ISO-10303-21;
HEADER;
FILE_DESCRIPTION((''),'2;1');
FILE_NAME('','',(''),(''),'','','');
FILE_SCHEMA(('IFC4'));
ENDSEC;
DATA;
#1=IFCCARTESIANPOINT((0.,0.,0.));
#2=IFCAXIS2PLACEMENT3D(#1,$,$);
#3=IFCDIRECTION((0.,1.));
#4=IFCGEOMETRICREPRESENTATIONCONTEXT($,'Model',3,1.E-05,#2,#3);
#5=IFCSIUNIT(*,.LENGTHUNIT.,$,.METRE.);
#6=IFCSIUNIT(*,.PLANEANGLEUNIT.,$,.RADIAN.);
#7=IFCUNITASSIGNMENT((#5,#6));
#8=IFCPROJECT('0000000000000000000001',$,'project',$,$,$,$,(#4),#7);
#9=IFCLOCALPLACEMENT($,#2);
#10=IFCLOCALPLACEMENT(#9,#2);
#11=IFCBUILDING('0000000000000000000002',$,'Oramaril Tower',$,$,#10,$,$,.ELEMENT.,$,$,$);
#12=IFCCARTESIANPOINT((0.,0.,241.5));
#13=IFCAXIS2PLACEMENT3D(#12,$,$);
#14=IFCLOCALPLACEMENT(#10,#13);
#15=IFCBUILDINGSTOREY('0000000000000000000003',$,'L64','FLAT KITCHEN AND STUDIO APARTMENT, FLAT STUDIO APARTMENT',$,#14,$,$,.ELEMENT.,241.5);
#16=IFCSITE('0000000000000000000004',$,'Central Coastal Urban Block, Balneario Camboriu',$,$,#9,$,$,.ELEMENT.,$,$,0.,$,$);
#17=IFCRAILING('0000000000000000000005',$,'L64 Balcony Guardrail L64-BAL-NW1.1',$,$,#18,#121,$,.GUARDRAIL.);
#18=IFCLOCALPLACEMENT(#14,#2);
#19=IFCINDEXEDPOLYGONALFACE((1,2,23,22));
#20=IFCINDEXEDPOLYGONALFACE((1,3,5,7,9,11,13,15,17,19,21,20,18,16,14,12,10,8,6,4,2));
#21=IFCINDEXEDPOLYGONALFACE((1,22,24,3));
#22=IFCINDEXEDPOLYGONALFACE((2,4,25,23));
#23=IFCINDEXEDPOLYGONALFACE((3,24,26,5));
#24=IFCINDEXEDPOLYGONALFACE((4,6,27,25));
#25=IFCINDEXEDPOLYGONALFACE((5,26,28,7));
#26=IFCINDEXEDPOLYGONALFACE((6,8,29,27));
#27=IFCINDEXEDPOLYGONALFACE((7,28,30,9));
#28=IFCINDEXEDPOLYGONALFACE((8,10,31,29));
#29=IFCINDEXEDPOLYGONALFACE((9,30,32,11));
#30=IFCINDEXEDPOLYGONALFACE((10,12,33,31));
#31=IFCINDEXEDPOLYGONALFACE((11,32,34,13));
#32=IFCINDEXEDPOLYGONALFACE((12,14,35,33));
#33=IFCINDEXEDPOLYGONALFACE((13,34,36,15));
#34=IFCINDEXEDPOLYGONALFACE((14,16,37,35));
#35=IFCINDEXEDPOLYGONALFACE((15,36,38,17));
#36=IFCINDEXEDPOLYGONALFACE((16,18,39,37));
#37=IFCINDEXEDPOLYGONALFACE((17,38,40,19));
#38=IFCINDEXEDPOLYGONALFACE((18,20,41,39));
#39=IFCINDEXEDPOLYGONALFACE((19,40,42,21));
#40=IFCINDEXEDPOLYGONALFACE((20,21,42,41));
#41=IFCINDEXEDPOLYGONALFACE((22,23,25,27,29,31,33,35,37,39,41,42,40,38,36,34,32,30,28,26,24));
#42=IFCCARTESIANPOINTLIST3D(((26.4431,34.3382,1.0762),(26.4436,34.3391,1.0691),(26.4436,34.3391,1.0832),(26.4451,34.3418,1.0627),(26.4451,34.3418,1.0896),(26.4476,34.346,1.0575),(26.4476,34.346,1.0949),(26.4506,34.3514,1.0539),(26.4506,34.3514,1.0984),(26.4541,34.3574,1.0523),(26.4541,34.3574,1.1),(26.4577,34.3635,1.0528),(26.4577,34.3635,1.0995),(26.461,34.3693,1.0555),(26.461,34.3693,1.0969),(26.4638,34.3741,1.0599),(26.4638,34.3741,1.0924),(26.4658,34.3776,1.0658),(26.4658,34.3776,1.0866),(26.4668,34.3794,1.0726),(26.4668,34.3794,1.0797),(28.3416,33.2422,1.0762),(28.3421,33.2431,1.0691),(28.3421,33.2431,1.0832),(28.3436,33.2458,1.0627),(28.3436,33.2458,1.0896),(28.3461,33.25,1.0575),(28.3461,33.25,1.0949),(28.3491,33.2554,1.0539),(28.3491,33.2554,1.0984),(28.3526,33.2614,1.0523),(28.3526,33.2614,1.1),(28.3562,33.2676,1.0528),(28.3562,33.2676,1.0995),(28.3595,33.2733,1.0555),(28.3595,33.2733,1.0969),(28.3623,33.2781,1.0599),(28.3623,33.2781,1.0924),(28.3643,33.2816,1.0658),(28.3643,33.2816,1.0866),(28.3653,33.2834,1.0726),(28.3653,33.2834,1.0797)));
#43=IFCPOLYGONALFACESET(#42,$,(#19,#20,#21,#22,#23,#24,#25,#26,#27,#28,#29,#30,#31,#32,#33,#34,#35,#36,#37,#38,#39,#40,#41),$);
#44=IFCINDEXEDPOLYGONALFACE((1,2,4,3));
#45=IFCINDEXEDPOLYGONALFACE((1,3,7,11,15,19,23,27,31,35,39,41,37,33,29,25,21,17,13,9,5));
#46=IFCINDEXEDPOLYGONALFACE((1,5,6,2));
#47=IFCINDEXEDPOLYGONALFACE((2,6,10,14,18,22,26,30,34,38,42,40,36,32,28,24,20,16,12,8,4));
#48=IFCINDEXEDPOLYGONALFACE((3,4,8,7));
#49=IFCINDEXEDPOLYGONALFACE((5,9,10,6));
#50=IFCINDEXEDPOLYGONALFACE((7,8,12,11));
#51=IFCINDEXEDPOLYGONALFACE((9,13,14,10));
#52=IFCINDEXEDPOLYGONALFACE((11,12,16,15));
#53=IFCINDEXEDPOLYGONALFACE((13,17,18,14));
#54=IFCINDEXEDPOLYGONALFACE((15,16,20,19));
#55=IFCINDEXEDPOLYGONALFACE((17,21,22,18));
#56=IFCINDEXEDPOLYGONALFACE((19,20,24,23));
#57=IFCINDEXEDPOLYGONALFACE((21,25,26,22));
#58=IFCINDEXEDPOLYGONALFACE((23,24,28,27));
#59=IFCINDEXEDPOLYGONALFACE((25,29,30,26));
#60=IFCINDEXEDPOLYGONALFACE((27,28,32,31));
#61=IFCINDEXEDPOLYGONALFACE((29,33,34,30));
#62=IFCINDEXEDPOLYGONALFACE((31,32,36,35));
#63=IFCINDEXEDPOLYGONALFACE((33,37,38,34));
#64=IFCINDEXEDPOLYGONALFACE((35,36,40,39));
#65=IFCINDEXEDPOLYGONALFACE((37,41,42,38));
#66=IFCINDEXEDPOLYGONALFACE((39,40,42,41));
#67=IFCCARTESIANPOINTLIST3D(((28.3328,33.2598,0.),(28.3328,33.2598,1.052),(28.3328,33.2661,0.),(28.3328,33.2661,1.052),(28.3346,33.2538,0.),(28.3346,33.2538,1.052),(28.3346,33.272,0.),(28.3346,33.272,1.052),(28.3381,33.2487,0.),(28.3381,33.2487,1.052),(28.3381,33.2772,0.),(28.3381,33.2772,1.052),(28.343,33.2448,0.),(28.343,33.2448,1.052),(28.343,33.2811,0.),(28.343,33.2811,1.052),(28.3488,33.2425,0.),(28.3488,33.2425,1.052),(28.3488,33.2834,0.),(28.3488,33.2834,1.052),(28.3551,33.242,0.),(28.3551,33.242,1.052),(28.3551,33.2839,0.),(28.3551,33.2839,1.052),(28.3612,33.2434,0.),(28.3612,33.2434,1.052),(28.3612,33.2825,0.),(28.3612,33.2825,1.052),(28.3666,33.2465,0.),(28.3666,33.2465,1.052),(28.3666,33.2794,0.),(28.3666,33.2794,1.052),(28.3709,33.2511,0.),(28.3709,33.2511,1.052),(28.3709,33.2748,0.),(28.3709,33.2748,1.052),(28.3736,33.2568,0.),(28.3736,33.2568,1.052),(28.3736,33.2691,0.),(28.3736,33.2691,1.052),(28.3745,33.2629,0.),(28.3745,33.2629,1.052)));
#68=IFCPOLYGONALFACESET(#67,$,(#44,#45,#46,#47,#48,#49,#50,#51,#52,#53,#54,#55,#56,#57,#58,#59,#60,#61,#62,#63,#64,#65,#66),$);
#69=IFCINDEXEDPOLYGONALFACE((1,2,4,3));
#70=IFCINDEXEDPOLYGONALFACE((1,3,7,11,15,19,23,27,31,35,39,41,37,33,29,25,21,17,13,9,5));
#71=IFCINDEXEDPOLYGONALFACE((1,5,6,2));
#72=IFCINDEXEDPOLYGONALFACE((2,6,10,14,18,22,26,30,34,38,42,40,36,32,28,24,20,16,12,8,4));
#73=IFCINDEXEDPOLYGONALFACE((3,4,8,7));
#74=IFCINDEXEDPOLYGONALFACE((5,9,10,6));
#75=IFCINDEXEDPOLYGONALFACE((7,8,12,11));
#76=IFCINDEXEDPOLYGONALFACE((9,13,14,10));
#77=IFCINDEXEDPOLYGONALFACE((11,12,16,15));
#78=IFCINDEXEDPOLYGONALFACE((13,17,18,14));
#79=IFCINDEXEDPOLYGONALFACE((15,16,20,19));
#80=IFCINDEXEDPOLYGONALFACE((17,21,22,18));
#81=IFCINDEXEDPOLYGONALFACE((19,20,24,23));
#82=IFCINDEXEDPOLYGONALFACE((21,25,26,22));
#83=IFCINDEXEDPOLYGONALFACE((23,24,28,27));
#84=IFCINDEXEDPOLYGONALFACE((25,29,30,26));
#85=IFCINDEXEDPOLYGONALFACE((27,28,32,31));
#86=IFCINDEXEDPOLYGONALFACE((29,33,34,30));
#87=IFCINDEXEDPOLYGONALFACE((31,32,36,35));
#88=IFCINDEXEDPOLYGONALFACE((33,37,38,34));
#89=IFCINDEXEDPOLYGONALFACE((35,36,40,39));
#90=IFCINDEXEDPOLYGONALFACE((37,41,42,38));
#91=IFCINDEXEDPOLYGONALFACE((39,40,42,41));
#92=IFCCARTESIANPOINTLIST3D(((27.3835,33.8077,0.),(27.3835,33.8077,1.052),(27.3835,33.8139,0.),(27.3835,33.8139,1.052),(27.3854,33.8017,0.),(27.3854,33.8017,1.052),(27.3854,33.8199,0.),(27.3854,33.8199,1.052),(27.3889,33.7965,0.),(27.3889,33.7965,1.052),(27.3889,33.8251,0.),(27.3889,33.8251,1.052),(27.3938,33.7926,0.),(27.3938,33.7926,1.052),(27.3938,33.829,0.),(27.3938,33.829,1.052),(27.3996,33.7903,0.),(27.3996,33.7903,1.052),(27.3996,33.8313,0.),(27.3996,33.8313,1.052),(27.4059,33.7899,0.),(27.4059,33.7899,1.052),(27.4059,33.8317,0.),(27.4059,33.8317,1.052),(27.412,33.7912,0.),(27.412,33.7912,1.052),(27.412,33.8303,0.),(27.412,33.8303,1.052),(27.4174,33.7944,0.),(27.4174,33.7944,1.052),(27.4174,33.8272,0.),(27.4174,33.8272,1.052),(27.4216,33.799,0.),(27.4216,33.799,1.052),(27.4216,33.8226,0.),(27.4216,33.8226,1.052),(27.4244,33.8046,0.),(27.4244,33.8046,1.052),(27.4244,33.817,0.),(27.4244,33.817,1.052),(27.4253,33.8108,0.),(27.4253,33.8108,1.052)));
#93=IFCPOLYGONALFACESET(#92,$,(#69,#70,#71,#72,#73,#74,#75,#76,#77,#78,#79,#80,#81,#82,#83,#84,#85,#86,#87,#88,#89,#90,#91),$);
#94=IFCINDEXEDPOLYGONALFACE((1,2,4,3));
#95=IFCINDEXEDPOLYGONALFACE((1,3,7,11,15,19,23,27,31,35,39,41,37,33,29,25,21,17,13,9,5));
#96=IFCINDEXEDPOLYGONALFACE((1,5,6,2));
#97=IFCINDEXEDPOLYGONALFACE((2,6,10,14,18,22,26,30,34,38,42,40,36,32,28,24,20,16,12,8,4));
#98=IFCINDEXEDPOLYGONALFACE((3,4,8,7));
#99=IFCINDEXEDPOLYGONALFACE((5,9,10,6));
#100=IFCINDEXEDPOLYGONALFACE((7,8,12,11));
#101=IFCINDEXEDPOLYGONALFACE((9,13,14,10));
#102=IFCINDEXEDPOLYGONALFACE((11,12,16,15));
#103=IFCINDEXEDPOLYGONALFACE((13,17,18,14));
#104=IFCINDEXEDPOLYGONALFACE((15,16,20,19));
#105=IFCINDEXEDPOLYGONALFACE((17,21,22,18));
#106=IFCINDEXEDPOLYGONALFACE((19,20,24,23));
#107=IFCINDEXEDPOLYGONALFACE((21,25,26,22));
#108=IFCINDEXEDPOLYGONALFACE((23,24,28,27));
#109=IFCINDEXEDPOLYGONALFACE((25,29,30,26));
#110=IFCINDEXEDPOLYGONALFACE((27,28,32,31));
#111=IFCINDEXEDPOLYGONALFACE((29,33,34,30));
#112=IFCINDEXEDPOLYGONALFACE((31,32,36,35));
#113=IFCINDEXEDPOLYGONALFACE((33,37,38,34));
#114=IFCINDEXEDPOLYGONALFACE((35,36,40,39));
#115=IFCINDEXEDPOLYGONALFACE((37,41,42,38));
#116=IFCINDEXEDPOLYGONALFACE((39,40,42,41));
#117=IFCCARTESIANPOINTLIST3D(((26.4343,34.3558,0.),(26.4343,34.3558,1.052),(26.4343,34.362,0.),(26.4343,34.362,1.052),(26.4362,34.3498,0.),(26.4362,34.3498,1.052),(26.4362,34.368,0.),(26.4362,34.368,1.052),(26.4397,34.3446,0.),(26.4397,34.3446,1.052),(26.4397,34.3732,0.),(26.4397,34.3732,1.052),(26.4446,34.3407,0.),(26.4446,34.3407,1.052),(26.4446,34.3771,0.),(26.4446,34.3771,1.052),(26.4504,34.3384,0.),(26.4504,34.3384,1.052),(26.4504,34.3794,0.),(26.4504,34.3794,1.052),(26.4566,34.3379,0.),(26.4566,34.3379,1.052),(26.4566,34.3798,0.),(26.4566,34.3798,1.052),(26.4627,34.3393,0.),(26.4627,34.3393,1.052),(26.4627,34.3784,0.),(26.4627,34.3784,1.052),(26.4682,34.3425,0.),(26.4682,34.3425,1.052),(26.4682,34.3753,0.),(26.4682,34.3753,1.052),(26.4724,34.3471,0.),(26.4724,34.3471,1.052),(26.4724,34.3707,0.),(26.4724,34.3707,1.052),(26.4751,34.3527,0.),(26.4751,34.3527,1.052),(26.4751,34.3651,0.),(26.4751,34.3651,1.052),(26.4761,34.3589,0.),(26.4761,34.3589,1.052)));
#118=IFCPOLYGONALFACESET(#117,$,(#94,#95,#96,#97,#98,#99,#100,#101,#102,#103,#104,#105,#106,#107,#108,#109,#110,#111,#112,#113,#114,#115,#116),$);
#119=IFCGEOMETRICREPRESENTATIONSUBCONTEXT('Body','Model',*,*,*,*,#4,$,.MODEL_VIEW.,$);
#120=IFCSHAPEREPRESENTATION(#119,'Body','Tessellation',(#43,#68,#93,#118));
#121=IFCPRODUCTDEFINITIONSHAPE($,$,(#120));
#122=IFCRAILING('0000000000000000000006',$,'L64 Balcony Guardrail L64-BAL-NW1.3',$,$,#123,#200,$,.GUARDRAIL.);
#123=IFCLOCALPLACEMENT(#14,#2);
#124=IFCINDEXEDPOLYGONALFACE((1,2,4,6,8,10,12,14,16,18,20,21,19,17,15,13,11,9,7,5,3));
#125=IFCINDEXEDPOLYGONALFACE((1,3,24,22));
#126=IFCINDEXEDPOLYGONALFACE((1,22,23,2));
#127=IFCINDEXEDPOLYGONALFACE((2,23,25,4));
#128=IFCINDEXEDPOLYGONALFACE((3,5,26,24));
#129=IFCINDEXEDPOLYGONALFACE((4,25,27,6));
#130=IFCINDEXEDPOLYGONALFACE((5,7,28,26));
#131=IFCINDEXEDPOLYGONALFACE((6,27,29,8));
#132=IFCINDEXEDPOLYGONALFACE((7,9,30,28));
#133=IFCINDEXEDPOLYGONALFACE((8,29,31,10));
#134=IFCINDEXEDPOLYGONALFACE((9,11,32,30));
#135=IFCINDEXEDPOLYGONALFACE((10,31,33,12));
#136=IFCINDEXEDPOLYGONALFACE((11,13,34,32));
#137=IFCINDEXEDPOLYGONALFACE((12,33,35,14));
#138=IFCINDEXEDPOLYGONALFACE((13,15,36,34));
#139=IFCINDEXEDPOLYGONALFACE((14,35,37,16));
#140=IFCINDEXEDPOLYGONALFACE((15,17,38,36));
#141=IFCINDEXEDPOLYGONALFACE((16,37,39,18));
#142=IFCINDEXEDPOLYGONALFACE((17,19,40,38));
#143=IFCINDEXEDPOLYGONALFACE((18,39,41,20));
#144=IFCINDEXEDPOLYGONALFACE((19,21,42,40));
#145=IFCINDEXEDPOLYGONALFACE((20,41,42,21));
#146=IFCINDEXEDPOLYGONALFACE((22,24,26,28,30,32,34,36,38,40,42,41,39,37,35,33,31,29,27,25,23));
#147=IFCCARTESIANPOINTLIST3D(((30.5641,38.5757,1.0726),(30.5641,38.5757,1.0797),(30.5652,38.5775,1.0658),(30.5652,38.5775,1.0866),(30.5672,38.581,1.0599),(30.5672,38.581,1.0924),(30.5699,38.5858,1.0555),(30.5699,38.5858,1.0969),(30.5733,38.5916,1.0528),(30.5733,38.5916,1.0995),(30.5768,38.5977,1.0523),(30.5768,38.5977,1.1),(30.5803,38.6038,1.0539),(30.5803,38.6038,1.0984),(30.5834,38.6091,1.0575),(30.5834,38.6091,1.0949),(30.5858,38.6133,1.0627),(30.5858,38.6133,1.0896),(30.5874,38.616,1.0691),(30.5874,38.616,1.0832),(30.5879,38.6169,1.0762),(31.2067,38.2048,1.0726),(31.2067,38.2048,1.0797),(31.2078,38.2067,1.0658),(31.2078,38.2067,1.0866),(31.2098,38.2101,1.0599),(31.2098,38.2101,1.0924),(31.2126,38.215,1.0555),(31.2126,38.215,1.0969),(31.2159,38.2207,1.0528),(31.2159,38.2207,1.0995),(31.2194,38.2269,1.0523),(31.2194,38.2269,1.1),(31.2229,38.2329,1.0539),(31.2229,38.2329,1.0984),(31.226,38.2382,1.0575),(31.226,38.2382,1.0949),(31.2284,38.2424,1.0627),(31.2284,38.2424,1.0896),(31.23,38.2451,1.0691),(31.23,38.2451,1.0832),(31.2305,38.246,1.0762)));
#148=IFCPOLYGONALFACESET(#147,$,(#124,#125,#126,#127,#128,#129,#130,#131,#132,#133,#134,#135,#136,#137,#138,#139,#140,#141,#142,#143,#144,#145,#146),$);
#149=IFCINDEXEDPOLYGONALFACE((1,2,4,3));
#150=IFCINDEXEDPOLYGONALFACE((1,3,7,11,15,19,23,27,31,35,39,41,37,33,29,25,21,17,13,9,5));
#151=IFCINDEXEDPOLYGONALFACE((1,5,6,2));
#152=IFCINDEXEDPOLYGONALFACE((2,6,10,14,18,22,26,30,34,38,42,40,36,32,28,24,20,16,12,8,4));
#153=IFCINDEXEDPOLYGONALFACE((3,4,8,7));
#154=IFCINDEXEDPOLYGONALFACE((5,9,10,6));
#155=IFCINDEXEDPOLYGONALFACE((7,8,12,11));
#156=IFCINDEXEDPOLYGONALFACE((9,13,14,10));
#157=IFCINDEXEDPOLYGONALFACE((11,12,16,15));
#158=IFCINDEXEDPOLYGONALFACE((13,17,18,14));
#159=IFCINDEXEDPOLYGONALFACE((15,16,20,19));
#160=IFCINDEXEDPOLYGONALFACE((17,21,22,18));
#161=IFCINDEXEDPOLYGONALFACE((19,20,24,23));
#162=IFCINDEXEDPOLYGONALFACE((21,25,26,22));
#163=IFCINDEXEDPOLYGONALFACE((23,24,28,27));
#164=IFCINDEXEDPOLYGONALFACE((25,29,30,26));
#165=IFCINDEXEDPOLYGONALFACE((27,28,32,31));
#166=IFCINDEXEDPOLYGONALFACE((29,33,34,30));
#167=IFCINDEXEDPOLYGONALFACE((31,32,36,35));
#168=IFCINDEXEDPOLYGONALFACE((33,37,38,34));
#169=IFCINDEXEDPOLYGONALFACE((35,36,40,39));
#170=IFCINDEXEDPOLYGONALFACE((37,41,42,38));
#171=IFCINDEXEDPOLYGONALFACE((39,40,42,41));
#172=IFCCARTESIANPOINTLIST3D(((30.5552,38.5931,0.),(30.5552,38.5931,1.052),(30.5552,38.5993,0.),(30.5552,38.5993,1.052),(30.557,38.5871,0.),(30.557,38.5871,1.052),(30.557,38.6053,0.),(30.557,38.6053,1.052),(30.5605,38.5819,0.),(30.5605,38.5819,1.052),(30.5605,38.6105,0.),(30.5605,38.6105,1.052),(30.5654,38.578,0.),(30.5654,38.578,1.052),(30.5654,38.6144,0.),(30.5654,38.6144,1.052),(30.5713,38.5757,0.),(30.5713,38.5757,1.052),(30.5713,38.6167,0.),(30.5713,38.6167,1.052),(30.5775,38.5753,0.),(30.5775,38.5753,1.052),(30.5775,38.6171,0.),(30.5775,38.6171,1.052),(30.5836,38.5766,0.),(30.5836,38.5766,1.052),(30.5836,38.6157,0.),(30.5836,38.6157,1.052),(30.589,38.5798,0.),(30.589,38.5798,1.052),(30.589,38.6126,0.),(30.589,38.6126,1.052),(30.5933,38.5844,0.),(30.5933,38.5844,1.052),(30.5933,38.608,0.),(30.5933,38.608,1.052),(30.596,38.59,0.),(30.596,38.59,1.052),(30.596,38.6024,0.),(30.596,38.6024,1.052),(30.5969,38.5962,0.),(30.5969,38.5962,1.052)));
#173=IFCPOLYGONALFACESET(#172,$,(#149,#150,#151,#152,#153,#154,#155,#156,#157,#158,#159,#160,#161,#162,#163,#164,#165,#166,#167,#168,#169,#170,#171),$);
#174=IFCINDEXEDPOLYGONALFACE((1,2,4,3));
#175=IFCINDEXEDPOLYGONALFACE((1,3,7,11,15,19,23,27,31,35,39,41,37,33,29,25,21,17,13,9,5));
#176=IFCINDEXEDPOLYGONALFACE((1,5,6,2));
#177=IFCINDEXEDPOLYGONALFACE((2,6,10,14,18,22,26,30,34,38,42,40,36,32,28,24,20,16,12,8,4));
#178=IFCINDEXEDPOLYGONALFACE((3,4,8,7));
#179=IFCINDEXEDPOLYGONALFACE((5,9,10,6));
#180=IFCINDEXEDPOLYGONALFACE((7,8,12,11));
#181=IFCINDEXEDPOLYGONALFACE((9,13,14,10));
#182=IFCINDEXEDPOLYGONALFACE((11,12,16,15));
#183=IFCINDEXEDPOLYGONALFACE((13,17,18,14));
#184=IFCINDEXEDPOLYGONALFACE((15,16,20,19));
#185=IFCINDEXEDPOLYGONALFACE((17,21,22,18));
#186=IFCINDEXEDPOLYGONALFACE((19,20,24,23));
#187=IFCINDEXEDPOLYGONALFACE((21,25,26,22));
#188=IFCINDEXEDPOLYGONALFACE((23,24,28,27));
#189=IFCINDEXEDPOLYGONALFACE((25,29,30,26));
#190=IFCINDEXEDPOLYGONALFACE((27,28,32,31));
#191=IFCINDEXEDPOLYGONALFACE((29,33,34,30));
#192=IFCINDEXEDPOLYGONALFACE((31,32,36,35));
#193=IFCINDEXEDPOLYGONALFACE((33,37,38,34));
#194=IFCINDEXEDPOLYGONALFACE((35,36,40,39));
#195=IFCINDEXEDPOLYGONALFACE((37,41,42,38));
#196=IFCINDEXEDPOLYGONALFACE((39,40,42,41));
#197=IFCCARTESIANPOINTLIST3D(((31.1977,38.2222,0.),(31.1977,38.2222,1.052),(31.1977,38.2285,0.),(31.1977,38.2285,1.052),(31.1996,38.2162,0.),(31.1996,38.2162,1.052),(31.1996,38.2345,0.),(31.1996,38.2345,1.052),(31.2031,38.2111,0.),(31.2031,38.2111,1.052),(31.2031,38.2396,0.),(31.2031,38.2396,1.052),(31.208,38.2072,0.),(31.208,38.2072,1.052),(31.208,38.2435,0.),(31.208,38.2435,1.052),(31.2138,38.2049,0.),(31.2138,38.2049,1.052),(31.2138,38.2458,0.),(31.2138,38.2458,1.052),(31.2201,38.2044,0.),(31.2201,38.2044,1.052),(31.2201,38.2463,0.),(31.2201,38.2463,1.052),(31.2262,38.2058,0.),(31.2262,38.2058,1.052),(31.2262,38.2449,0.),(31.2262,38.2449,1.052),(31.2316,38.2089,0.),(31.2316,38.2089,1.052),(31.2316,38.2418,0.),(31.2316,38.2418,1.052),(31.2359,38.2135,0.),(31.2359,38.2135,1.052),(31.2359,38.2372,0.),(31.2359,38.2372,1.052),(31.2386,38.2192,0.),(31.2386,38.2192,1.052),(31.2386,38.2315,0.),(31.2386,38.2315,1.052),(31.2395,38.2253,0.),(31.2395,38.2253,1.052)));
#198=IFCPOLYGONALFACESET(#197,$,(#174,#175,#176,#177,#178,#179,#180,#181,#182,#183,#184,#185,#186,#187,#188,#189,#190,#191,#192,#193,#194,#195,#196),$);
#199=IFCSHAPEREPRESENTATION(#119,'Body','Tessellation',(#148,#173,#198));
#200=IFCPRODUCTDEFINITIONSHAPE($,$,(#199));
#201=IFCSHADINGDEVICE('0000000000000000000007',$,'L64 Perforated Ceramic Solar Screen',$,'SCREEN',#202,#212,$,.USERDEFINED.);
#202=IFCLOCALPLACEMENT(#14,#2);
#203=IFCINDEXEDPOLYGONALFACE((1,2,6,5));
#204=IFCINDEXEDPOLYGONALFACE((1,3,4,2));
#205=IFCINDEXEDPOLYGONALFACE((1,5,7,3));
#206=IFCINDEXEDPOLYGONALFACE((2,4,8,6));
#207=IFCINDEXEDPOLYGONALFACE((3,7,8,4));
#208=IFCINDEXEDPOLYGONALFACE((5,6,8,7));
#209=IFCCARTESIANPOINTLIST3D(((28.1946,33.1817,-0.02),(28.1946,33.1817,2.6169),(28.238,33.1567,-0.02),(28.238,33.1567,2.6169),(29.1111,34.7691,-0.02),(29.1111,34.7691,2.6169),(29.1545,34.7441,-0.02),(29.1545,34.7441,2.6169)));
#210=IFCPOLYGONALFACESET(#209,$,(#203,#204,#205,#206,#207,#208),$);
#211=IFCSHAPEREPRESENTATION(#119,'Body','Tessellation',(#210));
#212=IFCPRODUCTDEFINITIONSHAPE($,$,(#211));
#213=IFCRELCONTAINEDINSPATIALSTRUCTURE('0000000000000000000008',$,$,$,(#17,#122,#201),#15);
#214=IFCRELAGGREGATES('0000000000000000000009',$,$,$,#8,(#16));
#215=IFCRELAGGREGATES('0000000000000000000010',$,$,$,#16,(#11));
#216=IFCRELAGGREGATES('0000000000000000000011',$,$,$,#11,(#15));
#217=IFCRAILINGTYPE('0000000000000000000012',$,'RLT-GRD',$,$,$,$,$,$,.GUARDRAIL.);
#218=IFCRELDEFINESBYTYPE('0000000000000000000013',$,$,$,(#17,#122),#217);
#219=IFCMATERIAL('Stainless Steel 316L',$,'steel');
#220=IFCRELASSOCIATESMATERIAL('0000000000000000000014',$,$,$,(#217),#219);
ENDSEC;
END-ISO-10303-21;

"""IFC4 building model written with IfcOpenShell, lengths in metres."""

from ifc_helpers import new_model, si_unit, direction, frame, origin, origin_2d, place, context, subcontext, project, spatial, rectangle, circle, extrude, material, type_object, element, save


model = new_model("IFC4")

# Units and contexts
model_context = context("Model", 3, precision=1e-05, world=origin(), true_north=direction((0.0, 1.0)))
body_context = subcontext(model_context, "Body", "Model", "MODEL_VIEW")
ifc_project = project(units=[si_unit("LENGTHUNIT", "METRE"), si_unit("PLANEANGLEUNIT", "RADIAN")], contexts=[model_context])

# Site, building, storey
site_placement = place(None, origin())
site = spatial("IfcSite", under=ifc_project, at=site_placement, Name="Central Coastal Urban Block, Balneario Camboriu", CompositionType="ELEMENT", RefElevation=0.0)
building_placement = place(site_placement, origin())
building = spatial("IfcBuilding", under=site, at=building_placement, Name="Oramaril Tower", CompositionType="ELEMENT")
storey_placement = place(building_placement, frame((0.0, 0.0, 241.5)))
storey = spatial("IfcBuildingStorey", under=building, at=storey_placement, Name="L64", Description="FLAT KITCHEN AND STUDIO APARTMENT, FLAT STUDIO APARTMENT", CompositionType="ELEMENT", Elevation=241.5)

# Railings
ifc_material_1 = material(Name="Stainless Steel 316L", Category="steel")
railing_type = type_object("IfcRailingType", Name="RLT-GRD", PredefinedType="GUARDRAIL", material=ifc_material_1)
railing_1_placement = place(storey_placement, frame((28.3535, 33.2629, 0.0)))
element("IfcRailing", 1, at=railing_1_placement, inside=storey, type_object=railing_type, Name="L64 Balcony Guardrail L64-BAL-NW1.1", PredefinedType="GUARDRAIL", context=body_context, shape_type="SweptSolid", body=[
    extrude(circle(Radius=0.0239, at=origin_2d()), frame((0.0, 0.0, 1.0762), z_axis=(-0.866048, 0.49996, 0.0), x_axis=(-0.49996, -0.866048, 0.0)), (0.0, 0.0, 1.0), 2.1921),
    extrude(circle(Radius=0.021, at=origin_2d()), origin(), (0.0, 0.0, 1.0), 1.052),
    extrude(circle(Radius=0.021, at=origin_2d()), frame((-0.9492, 0.5479, 0.0)), (0.0, 0.0, 1.0), 1.052),
    extrude(circle(Radius=0.021, at=origin_2d()), frame((-1.8984, 1.0959, 0.0)), (0.0, 0.0, 1.0), 1.052),
])
railing_2_placement = place(storey_placement, frame((30.5759, 38.5962, 0.0)))
element("IfcRailing", 2, at=railing_2_placement, inside=storey, type_object=railing_type, Name="L64 Balcony Guardrail L64-BAL-NW1.3", PredefinedType="GUARDRAIL", context=body_context, shape_type="SweptSolid", body=[
    extrude(circle(Radius=0.0239, at=origin_2d()), frame((0.0, 0.0, 1.0762), z_axis=(0.866109, -0.499855, 0.0), x_axis=(0.499855, 0.866109, 0.0)), (0.0, 0.0, 1.0), 0.7419),
    extrude(circle(Radius=0.021, at=origin_2d()), origin(), (0.0, 0.0, 1.0), 1.052),
    extrude(circle(Radius=0.021, at=origin_2d()), frame((0.6426, -0.3708, 0.0)), (0.0, 0.0, 1.0), 1.052),
])

# Shading device
for number, where, z_axis, x_axis, name in (
    (3, (28.6746, 33.9629, -0.02), (0.0, 0.0, 1.0), (-0.499998, -0.866026, 0.0), "L64 Perforated Ceramic Solar Screen"),
):
    element("IfcShadingDevice", number, at=place(storey_placement, frame(where, z_axis=z_axis, x_axis=x_axis)), inside=storey, Name=name, ObjectType="SCREEN", PredefinedType="USERDEFINED", context=body_context, shape_type="SweptSolid", body=[
        extrude(rectangle(XDim=1.833, YDim=0.05, at=origin_2d()), origin(), (0.0, 0.0, 1.0), 2.637),
    ])

save(model, "model.ifc")
